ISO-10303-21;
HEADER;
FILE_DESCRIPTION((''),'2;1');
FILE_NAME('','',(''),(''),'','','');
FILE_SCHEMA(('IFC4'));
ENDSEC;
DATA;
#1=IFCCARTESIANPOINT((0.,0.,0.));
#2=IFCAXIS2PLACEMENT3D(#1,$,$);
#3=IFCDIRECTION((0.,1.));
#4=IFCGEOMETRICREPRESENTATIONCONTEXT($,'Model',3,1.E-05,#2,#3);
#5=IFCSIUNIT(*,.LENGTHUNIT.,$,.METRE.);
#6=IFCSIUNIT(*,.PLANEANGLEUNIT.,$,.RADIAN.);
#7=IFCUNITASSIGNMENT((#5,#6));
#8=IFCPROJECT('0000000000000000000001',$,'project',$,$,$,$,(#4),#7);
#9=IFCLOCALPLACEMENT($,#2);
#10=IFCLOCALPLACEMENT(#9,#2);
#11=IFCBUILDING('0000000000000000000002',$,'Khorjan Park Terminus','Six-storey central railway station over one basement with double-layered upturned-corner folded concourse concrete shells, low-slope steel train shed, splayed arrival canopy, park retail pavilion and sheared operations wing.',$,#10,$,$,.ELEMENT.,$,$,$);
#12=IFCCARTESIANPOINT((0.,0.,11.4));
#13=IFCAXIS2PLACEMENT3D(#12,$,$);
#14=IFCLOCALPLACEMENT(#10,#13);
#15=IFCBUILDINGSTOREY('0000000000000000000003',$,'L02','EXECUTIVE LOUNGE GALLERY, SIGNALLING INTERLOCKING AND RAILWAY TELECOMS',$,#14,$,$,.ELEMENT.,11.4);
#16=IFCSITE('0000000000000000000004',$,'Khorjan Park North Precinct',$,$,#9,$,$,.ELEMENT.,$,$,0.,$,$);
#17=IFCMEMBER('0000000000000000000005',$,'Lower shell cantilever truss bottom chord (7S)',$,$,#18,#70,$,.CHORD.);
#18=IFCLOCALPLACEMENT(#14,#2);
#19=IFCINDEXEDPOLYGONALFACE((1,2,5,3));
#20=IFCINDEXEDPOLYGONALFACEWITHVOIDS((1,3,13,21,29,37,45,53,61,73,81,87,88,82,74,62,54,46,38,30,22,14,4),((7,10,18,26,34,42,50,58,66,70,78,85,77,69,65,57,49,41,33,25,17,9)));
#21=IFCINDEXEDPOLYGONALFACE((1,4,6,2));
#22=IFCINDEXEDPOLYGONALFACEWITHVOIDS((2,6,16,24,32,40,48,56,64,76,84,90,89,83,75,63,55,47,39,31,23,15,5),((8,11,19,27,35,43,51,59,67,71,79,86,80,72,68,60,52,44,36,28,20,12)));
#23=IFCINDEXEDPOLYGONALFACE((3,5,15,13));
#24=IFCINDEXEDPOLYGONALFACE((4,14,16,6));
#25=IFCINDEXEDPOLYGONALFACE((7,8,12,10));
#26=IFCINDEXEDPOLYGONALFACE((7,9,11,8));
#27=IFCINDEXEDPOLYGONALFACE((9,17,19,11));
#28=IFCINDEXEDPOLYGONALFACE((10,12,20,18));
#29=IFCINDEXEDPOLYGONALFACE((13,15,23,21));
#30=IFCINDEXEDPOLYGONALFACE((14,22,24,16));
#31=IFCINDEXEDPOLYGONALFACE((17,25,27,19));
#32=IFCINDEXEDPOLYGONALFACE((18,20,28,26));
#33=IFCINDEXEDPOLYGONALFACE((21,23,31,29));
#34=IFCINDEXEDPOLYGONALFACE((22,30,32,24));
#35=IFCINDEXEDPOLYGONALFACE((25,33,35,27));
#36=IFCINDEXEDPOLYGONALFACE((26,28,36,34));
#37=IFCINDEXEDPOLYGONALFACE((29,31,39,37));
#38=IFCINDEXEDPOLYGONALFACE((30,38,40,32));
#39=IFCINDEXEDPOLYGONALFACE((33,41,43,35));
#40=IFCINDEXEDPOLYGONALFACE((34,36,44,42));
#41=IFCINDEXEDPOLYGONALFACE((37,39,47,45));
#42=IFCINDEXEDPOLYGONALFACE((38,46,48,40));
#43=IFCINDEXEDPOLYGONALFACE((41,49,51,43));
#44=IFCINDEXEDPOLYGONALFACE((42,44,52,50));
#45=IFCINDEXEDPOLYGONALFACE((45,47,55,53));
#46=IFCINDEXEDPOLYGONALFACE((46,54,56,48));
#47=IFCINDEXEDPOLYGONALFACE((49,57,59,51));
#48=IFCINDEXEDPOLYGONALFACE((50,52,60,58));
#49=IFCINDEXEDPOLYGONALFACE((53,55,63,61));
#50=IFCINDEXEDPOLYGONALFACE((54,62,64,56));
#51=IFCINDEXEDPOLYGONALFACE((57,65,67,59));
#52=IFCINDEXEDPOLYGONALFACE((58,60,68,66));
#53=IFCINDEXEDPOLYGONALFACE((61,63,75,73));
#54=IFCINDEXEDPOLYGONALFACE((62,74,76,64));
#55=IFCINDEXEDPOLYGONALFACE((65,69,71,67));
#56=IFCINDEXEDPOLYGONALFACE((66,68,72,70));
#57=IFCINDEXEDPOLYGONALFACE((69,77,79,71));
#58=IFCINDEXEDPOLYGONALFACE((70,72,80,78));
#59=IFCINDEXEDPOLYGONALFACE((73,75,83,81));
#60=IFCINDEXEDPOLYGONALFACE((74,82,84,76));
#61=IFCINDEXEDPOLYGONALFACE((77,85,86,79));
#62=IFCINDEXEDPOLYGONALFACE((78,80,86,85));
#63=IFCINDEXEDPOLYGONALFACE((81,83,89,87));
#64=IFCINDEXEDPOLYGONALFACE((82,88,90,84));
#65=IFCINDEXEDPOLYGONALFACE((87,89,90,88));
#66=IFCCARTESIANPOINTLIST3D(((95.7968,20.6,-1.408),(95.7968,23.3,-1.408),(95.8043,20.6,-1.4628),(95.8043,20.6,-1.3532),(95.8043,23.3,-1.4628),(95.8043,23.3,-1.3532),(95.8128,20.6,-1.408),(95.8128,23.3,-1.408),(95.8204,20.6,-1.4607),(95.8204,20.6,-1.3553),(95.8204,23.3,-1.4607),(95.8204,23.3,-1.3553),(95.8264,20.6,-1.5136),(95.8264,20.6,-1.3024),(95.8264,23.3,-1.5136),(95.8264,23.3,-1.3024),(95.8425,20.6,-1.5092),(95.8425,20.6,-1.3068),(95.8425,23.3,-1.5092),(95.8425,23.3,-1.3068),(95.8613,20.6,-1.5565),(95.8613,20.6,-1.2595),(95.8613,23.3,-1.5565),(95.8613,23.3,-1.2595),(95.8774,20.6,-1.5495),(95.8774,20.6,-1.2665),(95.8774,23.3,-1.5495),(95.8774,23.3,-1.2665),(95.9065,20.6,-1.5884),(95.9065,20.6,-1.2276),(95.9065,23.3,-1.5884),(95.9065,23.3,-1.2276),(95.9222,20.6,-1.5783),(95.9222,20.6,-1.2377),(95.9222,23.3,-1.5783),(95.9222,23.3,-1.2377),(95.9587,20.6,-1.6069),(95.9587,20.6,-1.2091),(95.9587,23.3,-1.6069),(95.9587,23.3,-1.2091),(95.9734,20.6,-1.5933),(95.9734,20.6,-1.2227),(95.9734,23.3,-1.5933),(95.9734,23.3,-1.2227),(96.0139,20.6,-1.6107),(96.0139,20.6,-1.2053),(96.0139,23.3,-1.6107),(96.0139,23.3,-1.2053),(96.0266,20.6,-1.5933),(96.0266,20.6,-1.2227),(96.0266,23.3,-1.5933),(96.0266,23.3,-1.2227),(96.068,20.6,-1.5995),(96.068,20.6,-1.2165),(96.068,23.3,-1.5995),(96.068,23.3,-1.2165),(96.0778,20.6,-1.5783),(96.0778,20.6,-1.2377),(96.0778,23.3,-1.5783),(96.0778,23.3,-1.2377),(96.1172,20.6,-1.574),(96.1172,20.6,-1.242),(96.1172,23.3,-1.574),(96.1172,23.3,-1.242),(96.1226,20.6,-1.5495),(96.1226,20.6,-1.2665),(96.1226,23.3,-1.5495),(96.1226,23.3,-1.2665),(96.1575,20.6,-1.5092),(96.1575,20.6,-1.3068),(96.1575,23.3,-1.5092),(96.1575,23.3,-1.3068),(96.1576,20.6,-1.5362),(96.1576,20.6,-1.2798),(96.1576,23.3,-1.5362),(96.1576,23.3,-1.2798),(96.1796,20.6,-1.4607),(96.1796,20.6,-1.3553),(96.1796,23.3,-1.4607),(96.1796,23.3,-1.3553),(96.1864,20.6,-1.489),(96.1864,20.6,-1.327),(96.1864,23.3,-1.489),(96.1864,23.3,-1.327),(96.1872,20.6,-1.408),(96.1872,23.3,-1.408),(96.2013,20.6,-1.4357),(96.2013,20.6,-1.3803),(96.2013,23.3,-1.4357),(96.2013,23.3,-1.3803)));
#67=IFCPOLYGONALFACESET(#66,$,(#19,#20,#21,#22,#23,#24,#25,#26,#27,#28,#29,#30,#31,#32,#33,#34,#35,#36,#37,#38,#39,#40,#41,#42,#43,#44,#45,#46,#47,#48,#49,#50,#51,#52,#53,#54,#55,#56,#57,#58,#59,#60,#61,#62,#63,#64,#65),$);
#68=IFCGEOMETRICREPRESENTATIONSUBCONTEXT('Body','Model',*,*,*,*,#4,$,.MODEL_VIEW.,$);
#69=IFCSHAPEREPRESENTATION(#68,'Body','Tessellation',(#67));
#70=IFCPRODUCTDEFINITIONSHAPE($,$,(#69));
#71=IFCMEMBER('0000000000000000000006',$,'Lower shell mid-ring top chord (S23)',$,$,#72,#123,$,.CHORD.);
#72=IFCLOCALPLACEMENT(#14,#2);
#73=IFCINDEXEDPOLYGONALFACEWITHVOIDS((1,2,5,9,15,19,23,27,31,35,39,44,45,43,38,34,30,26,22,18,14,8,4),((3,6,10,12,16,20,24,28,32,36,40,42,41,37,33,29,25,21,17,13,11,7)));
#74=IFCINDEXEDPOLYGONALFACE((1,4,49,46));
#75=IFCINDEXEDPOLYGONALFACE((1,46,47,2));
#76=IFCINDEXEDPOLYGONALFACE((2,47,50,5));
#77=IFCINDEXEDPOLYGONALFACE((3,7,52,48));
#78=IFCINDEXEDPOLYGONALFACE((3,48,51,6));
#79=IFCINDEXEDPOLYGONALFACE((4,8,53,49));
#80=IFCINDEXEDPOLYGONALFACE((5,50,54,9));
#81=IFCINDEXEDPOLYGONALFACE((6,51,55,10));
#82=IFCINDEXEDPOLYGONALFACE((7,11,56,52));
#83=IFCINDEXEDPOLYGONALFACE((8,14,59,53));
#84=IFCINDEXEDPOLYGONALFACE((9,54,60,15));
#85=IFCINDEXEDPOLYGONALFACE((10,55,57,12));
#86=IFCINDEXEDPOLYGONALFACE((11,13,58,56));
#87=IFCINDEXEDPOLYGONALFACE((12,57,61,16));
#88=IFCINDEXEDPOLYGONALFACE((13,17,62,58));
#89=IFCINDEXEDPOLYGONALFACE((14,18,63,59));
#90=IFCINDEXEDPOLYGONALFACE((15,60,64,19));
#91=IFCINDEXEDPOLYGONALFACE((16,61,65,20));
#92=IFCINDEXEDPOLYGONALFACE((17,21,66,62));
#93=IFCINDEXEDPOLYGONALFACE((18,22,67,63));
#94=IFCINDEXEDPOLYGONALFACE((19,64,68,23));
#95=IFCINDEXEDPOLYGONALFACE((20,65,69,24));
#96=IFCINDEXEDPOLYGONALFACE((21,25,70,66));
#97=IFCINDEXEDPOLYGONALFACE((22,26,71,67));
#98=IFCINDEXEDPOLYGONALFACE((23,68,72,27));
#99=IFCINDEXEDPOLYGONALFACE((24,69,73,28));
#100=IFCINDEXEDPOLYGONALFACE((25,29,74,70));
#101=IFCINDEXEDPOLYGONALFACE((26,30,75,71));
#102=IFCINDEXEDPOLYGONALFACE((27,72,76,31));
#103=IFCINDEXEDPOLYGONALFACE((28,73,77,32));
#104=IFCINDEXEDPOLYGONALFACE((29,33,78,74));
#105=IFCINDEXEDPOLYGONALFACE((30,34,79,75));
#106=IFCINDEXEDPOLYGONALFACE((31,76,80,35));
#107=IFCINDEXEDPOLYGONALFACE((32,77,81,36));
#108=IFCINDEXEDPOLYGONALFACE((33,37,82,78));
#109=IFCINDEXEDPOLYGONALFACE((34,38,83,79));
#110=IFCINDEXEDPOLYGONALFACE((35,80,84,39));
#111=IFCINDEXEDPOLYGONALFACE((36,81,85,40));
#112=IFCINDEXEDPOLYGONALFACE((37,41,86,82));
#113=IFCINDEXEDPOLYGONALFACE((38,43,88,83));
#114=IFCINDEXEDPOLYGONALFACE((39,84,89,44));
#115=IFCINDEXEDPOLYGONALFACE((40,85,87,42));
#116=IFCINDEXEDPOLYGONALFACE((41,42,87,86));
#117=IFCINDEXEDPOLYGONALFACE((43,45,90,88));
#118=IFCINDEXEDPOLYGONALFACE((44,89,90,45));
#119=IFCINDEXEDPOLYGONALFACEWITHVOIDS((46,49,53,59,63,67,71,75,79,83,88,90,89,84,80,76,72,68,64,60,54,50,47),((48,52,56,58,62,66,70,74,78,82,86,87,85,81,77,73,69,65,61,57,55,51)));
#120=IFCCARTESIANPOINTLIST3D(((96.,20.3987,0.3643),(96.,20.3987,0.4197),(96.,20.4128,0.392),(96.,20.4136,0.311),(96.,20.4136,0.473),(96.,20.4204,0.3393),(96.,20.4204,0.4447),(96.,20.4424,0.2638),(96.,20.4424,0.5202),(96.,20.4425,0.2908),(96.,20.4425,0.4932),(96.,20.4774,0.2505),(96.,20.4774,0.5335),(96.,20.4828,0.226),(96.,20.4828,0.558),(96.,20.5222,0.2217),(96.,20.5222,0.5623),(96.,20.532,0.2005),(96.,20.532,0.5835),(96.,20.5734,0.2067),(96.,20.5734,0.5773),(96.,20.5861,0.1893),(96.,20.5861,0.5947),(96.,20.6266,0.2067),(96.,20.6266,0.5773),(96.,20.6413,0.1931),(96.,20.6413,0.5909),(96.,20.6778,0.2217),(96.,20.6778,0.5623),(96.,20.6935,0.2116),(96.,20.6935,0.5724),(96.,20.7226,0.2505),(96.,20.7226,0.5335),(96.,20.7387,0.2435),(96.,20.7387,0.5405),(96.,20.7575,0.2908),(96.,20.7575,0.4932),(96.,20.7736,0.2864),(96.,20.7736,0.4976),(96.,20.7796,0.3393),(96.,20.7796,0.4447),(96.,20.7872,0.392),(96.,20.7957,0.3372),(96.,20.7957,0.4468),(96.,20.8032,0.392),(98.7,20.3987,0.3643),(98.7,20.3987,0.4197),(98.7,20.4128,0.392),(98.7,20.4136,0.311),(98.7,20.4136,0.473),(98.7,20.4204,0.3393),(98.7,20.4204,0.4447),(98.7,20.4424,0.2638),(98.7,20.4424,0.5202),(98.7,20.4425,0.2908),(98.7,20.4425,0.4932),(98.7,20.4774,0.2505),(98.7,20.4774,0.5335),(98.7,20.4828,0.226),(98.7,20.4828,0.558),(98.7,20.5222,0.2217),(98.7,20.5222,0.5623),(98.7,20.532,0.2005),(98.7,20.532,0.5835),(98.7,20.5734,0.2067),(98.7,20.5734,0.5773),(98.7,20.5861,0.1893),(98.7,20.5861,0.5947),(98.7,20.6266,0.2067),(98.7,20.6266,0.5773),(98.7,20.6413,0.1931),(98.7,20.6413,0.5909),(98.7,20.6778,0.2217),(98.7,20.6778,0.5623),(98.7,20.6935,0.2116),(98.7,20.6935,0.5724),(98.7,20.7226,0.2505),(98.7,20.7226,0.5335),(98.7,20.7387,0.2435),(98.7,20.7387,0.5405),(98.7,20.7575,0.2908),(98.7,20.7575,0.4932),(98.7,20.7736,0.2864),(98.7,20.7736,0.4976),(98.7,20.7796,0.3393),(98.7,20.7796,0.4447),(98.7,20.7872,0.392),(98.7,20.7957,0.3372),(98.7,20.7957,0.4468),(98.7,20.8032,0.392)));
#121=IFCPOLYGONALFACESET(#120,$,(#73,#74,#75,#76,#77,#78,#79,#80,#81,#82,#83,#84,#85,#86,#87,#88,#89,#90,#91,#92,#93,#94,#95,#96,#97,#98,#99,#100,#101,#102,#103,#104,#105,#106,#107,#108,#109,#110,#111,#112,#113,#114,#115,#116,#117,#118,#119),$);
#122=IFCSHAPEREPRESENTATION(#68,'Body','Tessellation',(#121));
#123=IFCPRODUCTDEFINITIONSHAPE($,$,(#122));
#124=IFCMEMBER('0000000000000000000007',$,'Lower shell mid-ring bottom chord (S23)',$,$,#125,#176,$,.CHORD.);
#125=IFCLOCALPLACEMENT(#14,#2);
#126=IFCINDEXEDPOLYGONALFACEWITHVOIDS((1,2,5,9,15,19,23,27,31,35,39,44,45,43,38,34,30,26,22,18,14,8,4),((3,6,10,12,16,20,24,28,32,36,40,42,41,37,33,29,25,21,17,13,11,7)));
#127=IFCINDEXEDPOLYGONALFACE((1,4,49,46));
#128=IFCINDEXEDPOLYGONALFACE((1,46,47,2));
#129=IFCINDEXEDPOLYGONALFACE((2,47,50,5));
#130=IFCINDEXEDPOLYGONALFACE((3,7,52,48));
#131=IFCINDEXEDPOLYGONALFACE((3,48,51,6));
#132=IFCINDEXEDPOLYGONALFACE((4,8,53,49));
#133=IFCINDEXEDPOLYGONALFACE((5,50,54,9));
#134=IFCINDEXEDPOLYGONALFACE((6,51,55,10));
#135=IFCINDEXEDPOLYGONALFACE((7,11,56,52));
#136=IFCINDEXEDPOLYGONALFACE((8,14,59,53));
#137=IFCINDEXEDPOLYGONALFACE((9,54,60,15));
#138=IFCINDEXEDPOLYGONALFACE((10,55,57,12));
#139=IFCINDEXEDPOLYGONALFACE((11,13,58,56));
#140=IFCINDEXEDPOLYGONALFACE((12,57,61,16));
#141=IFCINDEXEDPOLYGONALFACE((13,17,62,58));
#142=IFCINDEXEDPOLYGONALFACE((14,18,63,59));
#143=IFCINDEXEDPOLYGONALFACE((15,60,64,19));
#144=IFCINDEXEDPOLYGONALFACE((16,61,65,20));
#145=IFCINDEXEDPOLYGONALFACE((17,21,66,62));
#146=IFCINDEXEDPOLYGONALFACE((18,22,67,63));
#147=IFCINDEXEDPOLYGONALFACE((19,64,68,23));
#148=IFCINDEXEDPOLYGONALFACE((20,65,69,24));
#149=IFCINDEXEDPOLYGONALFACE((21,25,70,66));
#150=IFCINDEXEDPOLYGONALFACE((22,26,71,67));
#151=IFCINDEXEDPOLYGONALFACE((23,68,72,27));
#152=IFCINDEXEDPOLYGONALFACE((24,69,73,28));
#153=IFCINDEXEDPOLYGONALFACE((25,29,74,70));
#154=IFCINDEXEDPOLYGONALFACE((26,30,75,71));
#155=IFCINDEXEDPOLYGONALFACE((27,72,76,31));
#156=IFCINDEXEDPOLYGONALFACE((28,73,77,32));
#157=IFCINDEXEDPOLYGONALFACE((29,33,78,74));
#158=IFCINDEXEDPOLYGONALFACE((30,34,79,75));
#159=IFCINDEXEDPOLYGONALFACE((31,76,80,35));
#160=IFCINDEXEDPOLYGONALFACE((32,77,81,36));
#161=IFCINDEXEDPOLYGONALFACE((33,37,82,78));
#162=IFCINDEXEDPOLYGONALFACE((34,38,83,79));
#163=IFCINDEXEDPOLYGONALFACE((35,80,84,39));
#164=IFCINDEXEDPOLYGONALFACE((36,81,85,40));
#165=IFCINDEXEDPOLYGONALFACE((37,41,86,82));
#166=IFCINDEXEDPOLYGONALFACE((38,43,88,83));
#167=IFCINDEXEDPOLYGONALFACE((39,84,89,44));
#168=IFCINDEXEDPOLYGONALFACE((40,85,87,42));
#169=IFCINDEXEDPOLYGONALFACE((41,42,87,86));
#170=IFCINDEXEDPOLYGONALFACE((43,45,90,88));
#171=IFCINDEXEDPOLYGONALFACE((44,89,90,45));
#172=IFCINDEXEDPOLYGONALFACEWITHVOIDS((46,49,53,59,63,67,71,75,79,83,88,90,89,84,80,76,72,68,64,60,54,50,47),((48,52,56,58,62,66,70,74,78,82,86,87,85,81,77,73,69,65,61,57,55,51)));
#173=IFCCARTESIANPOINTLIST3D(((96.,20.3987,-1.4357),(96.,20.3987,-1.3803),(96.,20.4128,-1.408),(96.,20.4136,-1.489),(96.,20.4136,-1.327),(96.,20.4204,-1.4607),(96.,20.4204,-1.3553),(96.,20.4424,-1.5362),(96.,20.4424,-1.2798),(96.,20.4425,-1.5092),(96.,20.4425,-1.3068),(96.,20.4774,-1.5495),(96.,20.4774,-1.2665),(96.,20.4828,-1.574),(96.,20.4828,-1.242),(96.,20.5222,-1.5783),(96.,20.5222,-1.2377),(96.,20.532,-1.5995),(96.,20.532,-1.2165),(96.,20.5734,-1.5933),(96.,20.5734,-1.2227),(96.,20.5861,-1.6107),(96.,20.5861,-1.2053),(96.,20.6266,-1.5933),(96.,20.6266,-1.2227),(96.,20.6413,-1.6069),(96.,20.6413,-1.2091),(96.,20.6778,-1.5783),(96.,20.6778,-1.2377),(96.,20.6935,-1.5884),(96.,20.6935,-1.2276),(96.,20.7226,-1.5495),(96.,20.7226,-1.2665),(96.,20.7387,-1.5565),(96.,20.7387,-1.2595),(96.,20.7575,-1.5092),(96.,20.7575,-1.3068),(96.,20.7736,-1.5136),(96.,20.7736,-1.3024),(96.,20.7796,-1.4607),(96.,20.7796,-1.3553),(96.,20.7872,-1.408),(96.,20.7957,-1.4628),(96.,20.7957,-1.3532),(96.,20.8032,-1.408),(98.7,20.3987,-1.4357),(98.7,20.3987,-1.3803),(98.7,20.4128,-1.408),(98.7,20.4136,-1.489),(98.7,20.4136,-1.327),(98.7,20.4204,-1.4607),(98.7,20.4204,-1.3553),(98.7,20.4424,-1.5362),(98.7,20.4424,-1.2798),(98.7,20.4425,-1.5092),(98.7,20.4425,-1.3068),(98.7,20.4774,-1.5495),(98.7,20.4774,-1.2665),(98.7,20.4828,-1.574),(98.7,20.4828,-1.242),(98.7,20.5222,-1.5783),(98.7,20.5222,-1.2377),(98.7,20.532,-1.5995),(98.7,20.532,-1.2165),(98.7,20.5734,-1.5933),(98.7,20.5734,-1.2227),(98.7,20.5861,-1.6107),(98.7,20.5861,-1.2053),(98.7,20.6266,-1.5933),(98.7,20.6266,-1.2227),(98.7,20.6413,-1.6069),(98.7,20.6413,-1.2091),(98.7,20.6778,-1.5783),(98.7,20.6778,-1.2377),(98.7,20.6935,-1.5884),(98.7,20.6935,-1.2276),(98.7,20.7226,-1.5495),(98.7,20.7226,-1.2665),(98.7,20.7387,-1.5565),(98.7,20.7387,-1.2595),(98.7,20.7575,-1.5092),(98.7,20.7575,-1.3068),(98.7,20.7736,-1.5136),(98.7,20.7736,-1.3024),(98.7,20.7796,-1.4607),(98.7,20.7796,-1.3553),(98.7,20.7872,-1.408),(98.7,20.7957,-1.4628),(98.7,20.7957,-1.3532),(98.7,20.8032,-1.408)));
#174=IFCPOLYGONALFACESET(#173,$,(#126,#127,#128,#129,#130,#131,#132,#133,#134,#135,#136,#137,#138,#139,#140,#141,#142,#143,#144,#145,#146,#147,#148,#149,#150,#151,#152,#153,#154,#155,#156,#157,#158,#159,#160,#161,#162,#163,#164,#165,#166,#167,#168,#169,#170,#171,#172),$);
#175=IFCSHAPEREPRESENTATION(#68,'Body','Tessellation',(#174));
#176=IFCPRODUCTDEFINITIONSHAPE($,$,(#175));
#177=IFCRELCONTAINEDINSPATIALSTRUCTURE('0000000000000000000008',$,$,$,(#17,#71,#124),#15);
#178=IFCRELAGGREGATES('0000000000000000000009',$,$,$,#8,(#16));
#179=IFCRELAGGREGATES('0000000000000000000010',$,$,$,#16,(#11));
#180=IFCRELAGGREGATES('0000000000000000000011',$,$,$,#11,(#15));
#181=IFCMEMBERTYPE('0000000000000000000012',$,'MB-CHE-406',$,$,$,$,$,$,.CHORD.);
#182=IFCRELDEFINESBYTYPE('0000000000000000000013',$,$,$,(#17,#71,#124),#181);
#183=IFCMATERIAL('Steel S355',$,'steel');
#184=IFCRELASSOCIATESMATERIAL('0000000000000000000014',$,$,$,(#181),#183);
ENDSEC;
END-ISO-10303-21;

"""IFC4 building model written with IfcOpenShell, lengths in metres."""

from ifc_helpers import new_model, si_unit, direction, frame, origin, origin_2d, place, context, subcontext, project, spatial, hollow_circle, extrude, material, material_profile, profile_set, type_object, element, save


model = new_model("IFC4")

# Units and contexts
model_context = context("Model", 3, precision=1e-05, world=origin(), true_north=direction((0.0, 1.0)))
body_context = subcontext(model_context, "Body", "Model", "MODEL_VIEW")
ifc_project = project(units=[si_unit("LENGTHUNIT", "METRE"), si_unit("PLANEANGLEUNIT", "RADIAN")], contexts=[model_context])

# Site, building, storey
site_placement = place(None, origin())
site = spatial("IfcSite", under=ifc_project, at=site_placement, Name="Khorjan Park North Precinct", CompositionType="ELEMENT", RefElevation=0.0)
building_placement = place(site_placement, origin())
building = spatial("IfcBuilding", under=site, at=building_placement, Name="Khorjan Park Terminus", Description="Six-storey central railway station over one basement with double-layered upturned-corner folded concourse concrete shells, low-slope steel train shed, splayed arrival canopy, park retail pavilion and sheared operations wing.", CompositionType="ELEMENT")
storey_placement = place(building_placement, frame((0.0, 0.0, 11.4)))
storey = spatial("IfcBuildingStorey", under=building, at=storey_placement, Name="L02", Description="EXECUTIVE LOUNGE GALLERY, SIGNALLING INTERLOCKING AND RAILWAY TELECOMS", CompositionType="ELEMENT", Elevation=11.4)

# Members
ifc_material_1 = material(Name="Steel S355", Category="steel")
ifc_material_profile_1 = material_profile(ifc_material_1, hollow_circle(Radius=0.2032, WallThickness=0.016, at=origin_2d()), Name="CHS 406.4x16")
ifc_profile_set_1 = profile_set([ifc_material_profile_1], Name="Steel S355")
member_type_1 = type_object("IfcMemberType", Name="MB-CHE-406", PredefinedType="CHORD", material=ifc_profile_set_1)
for number, where, z_axis, x_axis, name in (
    (1, (96.0, 20.6, -1.408), (0.0, 1.0, 0.0), (-1.0, 0.0, 0.0), "Lower shell cantilever truss bottom chord (7S)"),
    (2, (96.0, 20.6, 0.392), (1.0, 0.0, 0.0), (0.0, 1.0, 0.0), "Lower shell mid-ring top chord (S23)"),
    (3, (96.0, 20.6, -1.408), (1.0, 0.0, 0.0), (0.0, 1.0, 0.0), "Lower shell mid-ring bottom chord (S23)"),
):
    element("IfcMember", number, at=place(storey_placement, frame(where, z_axis=z_axis, x_axis=x_axis)), inside=storey, type_object=member_type_1, Name=name, PredefinedType="CHORD", context=body_context, shape_type="SweptSolid", body=[
        extrude(hollow_circle(Radius=0.2032, WallThickness=0.016, at=origin_2d()), origin(), (0.0, 0.0, 1.0), 2.7),
    ])

save(model, "model.ifc")
